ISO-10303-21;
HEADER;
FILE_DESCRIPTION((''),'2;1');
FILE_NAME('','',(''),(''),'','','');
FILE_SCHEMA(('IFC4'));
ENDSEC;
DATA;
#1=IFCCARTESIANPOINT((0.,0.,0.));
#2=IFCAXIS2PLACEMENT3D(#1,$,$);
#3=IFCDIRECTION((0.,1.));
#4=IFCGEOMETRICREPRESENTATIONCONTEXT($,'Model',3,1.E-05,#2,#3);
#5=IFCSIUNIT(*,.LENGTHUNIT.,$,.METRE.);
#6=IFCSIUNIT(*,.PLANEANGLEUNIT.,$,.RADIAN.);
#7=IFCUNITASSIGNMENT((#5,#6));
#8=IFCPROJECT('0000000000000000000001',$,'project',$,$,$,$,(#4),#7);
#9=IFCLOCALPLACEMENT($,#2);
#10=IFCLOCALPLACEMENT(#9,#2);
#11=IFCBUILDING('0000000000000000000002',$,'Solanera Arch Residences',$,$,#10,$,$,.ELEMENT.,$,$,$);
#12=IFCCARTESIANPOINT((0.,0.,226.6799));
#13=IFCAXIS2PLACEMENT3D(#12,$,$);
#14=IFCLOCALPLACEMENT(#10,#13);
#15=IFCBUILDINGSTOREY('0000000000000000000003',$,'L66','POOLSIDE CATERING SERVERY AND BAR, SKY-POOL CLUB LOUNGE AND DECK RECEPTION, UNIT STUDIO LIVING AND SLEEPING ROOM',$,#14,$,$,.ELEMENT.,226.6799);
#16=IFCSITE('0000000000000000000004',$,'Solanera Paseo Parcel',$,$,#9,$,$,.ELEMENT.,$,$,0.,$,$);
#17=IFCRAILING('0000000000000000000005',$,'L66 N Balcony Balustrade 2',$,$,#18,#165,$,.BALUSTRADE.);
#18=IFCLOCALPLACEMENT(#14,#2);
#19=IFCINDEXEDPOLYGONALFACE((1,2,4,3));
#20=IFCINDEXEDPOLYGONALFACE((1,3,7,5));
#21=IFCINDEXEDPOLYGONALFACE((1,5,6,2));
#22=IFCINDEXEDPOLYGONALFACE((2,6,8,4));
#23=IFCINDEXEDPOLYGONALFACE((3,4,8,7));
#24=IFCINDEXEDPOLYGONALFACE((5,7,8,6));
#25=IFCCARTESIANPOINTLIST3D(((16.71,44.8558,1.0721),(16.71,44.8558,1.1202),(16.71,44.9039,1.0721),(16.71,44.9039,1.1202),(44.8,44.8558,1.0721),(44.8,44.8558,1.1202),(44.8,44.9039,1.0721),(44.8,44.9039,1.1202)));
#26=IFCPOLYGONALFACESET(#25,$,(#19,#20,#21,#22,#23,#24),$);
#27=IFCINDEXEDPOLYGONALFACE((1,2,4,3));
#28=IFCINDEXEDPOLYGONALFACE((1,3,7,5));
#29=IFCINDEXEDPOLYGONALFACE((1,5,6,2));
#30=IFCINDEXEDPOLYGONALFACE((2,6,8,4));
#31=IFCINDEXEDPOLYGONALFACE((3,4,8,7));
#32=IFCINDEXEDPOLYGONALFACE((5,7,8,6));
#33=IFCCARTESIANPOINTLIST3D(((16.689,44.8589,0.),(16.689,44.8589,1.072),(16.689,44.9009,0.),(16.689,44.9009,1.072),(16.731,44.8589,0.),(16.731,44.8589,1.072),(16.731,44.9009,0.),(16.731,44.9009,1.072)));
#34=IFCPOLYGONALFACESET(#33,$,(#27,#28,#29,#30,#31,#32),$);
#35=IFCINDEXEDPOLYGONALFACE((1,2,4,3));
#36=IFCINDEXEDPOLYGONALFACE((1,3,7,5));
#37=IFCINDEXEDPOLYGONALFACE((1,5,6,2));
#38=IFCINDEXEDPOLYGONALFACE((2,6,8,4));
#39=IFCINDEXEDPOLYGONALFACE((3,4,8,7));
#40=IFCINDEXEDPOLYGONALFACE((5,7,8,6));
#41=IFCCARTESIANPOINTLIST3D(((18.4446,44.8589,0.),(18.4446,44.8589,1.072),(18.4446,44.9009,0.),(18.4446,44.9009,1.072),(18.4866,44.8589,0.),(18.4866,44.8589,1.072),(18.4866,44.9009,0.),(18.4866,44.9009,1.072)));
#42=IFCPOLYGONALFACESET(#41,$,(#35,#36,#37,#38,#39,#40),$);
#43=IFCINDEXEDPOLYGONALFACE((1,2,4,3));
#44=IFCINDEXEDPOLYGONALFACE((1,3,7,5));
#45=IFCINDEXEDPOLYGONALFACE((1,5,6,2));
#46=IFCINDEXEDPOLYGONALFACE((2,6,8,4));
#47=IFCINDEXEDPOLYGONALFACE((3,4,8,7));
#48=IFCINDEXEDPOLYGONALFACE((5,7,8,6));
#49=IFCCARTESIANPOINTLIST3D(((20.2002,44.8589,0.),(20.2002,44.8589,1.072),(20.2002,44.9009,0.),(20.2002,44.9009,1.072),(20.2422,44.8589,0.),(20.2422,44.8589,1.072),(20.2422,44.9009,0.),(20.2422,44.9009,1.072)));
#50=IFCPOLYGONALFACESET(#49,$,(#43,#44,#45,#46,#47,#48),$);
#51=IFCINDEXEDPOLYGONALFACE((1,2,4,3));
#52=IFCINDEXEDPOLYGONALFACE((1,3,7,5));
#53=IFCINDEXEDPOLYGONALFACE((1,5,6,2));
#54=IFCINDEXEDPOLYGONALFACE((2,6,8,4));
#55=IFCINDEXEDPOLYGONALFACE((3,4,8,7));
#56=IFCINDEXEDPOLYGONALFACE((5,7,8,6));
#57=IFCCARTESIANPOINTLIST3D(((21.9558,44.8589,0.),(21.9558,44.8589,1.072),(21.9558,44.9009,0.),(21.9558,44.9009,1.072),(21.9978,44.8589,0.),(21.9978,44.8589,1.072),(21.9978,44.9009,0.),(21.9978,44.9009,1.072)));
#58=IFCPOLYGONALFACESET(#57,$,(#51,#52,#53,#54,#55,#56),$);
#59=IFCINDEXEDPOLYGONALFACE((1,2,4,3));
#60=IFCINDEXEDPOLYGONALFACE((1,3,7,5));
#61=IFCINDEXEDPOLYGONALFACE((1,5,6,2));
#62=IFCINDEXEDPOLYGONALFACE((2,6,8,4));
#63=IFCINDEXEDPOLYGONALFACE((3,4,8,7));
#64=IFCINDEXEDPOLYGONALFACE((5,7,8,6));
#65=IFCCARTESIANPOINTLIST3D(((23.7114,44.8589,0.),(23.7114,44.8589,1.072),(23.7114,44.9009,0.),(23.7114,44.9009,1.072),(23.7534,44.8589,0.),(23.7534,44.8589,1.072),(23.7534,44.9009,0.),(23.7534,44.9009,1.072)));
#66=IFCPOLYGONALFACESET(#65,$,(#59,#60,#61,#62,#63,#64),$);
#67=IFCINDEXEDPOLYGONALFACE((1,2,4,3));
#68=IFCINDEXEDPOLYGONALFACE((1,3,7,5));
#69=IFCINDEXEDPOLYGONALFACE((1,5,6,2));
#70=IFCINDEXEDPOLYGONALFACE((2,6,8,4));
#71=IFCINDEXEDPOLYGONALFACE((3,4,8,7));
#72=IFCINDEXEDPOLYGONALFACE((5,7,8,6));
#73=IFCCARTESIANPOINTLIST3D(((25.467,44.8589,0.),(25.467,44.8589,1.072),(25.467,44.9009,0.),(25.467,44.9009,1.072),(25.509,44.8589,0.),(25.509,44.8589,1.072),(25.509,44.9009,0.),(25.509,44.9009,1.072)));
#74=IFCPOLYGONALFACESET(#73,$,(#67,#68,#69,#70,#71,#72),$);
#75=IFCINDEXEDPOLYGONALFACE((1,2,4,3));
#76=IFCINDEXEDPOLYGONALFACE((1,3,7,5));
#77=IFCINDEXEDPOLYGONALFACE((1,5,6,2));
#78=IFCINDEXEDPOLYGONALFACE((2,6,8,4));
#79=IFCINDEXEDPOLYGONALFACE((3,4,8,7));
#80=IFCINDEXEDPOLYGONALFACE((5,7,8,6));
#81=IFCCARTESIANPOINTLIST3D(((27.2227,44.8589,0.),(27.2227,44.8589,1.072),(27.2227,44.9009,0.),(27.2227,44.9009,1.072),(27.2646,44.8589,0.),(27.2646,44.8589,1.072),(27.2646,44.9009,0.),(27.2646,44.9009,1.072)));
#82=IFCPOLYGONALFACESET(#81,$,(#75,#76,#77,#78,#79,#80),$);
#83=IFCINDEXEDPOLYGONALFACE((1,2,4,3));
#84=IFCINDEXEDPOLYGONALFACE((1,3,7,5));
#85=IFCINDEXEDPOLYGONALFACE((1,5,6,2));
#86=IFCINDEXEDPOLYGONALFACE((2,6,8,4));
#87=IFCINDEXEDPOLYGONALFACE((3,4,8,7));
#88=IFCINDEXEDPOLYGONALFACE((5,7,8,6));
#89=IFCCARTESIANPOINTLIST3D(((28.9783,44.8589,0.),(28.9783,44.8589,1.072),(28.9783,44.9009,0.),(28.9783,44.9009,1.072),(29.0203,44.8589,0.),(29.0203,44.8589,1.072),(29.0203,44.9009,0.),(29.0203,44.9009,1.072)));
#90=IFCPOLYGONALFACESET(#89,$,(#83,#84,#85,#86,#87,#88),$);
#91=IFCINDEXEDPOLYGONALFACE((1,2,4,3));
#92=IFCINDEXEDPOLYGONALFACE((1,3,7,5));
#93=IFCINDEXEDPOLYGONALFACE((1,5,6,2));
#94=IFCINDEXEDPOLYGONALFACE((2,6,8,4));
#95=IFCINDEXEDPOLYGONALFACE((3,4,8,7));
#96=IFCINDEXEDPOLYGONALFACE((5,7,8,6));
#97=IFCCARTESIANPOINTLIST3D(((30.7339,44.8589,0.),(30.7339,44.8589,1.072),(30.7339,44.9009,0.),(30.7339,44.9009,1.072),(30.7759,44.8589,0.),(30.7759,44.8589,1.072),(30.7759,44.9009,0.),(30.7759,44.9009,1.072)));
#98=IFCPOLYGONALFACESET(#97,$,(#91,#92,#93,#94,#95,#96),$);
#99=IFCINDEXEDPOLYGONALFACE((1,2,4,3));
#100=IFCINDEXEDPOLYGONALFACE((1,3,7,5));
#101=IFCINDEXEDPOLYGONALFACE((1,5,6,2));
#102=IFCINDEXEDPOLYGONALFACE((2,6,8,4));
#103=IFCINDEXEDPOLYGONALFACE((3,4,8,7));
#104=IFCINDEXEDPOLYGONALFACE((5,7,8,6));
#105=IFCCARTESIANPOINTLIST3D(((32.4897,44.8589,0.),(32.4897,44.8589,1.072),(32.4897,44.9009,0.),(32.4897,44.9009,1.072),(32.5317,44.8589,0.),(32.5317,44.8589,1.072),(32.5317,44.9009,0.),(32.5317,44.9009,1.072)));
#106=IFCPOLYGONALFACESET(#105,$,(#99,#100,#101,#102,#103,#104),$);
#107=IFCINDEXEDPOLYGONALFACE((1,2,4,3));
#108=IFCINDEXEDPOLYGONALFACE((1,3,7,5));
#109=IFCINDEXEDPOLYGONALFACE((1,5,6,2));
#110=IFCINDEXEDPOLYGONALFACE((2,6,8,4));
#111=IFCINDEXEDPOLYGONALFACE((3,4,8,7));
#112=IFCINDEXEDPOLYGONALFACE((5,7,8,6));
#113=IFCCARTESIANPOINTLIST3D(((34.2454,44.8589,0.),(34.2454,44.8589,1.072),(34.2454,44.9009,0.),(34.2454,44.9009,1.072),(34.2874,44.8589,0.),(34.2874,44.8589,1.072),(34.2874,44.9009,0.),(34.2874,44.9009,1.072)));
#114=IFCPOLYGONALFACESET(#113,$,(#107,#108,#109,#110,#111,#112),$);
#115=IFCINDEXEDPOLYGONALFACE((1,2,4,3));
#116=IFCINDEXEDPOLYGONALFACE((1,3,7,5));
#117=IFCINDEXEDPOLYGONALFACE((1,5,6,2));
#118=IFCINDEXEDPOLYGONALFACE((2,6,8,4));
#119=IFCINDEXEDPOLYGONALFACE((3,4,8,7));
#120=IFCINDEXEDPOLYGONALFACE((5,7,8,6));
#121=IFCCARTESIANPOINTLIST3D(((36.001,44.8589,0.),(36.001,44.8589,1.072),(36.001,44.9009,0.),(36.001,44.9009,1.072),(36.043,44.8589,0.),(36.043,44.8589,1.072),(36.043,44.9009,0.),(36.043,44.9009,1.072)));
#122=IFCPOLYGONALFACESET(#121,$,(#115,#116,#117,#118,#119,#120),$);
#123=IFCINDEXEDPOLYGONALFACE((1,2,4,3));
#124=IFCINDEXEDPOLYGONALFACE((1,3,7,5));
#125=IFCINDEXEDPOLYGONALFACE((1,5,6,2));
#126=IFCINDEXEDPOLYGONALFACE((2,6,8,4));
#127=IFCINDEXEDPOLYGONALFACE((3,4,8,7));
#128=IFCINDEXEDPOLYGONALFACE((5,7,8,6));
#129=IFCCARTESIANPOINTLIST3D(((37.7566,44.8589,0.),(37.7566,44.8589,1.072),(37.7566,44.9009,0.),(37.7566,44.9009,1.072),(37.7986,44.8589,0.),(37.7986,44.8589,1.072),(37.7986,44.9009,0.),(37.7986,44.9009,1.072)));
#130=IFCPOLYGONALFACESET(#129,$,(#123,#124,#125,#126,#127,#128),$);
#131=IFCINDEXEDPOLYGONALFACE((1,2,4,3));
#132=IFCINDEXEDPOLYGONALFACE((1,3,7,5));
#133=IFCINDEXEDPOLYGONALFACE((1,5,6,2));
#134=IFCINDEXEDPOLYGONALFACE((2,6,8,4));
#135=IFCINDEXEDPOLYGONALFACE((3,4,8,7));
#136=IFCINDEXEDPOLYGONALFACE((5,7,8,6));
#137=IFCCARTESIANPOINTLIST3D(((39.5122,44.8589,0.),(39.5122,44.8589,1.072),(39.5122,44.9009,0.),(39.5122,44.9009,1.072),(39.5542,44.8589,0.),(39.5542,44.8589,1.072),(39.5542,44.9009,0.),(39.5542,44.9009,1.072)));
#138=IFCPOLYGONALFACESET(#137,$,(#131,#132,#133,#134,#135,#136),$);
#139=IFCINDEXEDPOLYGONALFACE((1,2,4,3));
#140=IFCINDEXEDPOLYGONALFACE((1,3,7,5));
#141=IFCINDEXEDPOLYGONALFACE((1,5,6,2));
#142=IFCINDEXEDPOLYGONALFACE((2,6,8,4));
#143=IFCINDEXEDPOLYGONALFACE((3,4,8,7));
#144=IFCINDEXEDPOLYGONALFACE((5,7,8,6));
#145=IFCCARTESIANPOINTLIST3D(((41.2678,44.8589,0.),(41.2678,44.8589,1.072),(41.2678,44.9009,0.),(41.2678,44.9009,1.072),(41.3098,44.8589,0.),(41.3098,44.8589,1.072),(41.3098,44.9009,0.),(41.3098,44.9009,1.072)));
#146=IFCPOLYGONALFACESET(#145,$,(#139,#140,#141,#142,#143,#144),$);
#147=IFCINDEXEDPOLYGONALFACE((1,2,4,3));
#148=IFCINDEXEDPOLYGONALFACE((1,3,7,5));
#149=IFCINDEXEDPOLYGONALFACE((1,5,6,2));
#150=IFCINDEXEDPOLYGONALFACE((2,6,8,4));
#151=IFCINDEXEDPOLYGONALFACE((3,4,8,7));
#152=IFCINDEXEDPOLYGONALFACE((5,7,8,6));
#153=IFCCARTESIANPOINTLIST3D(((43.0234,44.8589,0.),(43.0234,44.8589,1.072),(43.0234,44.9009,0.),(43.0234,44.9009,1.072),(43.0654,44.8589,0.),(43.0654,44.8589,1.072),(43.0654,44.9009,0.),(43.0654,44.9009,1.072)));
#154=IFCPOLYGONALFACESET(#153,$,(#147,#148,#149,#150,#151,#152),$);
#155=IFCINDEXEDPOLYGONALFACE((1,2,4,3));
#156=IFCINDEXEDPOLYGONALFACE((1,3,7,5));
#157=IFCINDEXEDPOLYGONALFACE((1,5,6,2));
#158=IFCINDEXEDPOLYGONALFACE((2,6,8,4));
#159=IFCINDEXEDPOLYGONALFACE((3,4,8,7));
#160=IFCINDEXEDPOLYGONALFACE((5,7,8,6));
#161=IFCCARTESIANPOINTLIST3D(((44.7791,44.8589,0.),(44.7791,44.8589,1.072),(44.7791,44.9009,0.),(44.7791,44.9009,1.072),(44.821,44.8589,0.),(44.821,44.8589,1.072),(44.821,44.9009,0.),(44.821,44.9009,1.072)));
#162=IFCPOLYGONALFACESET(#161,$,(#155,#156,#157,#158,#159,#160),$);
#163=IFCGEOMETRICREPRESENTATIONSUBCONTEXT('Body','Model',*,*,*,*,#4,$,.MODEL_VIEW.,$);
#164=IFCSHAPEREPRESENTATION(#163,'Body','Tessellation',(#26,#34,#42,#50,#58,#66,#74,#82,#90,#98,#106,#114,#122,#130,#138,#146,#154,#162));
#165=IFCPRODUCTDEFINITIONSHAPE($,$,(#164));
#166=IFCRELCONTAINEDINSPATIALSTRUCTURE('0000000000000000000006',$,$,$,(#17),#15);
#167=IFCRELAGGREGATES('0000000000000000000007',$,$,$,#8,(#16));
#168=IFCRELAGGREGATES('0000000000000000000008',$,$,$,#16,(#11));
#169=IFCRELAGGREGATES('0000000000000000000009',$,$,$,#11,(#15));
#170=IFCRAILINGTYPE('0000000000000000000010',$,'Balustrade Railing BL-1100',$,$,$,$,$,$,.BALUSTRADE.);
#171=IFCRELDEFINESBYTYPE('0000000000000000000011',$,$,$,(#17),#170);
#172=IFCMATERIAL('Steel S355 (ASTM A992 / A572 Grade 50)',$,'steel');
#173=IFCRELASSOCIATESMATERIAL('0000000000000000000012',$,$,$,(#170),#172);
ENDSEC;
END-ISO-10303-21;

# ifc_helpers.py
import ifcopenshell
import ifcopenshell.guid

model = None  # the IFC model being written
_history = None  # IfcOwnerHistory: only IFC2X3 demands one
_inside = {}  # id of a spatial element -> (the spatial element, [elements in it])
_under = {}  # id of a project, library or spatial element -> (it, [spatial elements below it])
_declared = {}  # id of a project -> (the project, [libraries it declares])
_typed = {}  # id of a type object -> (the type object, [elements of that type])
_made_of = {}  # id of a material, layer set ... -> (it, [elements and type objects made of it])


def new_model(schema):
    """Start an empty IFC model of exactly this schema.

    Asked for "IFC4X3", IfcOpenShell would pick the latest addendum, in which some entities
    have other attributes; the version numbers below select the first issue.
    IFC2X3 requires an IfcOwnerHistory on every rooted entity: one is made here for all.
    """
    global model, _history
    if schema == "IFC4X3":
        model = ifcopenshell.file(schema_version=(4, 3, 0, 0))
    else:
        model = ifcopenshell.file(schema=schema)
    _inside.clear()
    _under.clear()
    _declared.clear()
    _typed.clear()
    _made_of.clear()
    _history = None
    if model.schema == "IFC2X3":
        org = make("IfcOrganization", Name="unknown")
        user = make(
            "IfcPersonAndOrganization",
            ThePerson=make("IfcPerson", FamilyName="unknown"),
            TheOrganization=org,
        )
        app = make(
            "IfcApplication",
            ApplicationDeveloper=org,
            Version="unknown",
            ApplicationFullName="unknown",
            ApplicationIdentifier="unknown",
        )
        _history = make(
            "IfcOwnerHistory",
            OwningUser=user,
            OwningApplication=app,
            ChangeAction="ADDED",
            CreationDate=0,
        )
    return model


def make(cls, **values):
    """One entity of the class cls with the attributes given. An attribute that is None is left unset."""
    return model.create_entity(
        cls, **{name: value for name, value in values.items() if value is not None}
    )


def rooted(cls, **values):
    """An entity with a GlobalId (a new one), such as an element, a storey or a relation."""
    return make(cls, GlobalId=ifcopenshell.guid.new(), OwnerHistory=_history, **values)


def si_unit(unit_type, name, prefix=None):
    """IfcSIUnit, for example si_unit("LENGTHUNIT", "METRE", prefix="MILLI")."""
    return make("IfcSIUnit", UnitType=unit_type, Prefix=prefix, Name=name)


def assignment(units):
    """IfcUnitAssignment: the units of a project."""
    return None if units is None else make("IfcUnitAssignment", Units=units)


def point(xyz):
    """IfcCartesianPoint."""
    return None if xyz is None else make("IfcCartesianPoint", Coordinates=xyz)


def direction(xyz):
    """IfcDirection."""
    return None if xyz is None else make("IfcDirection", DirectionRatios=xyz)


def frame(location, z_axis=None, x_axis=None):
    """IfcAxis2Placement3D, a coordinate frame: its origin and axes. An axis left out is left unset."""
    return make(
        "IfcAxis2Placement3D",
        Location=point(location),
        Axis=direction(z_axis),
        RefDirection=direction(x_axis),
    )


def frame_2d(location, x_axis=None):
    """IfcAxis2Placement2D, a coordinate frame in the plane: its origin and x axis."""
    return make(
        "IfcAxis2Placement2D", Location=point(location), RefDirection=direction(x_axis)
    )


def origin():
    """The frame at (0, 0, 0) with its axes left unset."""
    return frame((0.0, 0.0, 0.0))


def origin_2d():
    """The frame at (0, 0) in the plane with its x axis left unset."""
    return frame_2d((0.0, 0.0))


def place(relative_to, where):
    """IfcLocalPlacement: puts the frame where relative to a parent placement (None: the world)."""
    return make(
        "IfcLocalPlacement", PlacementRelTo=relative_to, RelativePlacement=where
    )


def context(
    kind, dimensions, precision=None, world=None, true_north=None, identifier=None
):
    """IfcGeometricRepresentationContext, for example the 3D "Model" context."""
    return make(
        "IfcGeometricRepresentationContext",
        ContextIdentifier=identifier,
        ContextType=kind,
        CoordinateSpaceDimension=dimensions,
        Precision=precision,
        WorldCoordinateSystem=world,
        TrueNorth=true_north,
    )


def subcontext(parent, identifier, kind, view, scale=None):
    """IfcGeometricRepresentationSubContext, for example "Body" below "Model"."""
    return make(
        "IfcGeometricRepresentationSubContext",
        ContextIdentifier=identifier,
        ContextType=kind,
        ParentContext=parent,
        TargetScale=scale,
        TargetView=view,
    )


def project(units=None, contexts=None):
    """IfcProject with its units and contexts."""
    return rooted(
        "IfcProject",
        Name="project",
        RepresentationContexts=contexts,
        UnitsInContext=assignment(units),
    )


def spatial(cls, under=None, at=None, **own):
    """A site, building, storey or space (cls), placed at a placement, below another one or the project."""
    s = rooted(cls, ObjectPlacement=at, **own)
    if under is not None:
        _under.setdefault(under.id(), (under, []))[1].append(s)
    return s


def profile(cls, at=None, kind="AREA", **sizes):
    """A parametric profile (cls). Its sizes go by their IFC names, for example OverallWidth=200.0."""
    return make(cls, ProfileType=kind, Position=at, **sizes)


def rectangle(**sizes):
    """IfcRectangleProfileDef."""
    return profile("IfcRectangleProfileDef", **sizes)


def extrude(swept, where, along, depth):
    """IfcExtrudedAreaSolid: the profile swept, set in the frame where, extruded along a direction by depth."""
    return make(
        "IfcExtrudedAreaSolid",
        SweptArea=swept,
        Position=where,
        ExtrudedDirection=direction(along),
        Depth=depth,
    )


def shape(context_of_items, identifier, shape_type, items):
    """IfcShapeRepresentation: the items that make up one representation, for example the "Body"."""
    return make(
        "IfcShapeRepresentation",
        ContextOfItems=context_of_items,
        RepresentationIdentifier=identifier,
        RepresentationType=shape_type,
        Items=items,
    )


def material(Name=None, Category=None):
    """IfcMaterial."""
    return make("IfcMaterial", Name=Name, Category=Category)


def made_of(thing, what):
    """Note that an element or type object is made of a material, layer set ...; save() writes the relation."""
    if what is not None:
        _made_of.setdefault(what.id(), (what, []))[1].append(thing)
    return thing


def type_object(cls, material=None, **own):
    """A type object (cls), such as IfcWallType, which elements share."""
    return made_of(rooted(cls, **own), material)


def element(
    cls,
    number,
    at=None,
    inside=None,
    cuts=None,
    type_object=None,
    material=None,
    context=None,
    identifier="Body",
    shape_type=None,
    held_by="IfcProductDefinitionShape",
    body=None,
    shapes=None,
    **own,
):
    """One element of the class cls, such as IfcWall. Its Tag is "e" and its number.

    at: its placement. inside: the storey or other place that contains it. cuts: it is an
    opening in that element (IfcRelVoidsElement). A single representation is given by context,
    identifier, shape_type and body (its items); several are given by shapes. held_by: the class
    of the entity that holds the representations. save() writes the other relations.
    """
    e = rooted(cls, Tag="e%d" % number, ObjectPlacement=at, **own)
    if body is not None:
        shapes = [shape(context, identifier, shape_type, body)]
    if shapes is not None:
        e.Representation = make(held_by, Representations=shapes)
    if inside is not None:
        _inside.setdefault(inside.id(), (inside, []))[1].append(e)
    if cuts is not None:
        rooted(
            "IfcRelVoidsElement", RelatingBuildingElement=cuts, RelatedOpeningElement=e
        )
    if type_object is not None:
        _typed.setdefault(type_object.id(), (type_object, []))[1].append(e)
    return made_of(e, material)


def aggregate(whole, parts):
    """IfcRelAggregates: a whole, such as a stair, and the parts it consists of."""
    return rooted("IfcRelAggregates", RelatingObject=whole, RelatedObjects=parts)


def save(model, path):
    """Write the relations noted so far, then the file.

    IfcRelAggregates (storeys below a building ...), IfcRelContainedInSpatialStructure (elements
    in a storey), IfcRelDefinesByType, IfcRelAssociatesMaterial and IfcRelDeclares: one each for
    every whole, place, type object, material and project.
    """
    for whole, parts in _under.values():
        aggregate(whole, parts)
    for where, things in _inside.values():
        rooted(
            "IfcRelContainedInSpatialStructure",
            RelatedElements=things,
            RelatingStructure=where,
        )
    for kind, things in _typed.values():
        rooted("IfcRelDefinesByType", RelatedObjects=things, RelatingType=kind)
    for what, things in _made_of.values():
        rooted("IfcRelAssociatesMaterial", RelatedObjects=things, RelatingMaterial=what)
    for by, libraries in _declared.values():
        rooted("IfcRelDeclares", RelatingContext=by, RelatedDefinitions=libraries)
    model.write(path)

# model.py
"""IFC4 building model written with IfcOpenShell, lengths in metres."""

from ifc_helpers import new_model, si_unit, direction, frame, origin, origin_2d, place, context, subcontext, project, spatial, rectangle, extrude, material, type_object, element, save


model = new_model("IFC4")

# Units and contexts
model_context = context("Model", 3, precision=1e-05, world=origin(), true_north=direction((0.0, 1.0)))
body_context = subcontext(model_context, "Body", "Model", "MODEL_VIEW")
ifc_project = project(units=[si_unit("LENGTHUNIT", "METRE"), si_unit("PLANEANGLEUNIT", "RADIAN")], contexts=[model_context])

# Site, building, storey
site_placement = place(None, origin())
site = spatial("IfcSite", under=ifc_project, at=site_placement, Name="Solanera Paseo Parcel", CompositionType="ELEMENT", RefElevation=0.0)
building_placement = place(site_placement, origin())
building = spatial("IfcBuilding", under=site, at=building_placement, Name="Solanera Arch Residences", CompositionType="ELEMENT")
storey_placement = place(building_placement, frame((0.0, 0.0, 226.6799)))
storey = spatial("IfcBuildingStorey", under=building, at=storey_placement, Name="L66", Description="POOLSIDE CATERING SERVERY AND BAR, SKY-POOL CLUB LOUNGE AND DECK RECEPTION, UNIT STUDIO LIVING AND SLEEPING ROOM", CompositionType="ELEMENT", Elevation=226.6799)

# Railing
ifc_material_1 = material(Name="Steel S355 (ASTM A992 / A572 Grade 50)", Category="steel")
railing_type = type_object("IfcRailingType", Name="Balustrade Railing BL-1100", PredefinedType="BALUSTRADE", material=ifc_material_1)
railing_placement = place(storey_placement, frame((16.71, 44.8799, 0.0)))
element("IfcRailing", 1, at=railing_placement, inside=storey, type_object=railing_type, Name="L66 N Balcony Balustrade 2", PredefinedType="BALUSTRADE", context=body_context, shape_type="SweptSolid", body=[
    extrude(rectangle(XDim=0.0481, YDim=0.0481, at=origin_2d()), frame((0.0, 0.0, 1.0962), z_axis=(1.0, 0.0, 0.0), x_axis=(0.0, 1.0, 0.0)), (0.0, 0.0, 1.0), 28.0901),
    extrude(rectangle(XDim=0.042, YDim=0.042, at=origin_2d()), origin(), (0.0, 0.0, 1.0), 1.072),
    extrude(rectangle(XDim=0.042, YDim=0.042, at=origin_2d()), frame((1.7556, 0.0, 0.0)), (0.0, 0.0, 1.0), 1.072),
    extrude(rectangle(XDim=0.042, YDim=0.042, at=origin_2d()), frame((3.5112, 0.0, 0.0)), (0.0, 0.0, 1.0), 1.072),
    extrude(rectangle(XDim=0.042, YDim=0.042, at=origin_2d()), frame((5.2668, 0.0, 0.0)), (0.0, 0.0, 1.0), 1.072),
    extrude(rectangle(XDim=0.042, YDim=0.042, at=origin_2d()), frame((7.0225, 0.0, 0.0)), (0.0, 0.0, 1.0), 1.072),
    extrude(rectangle(XDim=0.042, YDim=0.042, at=origin_2d()), frame((8.7781, 0.0, 0.0)), (0.0, 0.0, 1.0), 1.072),
    extrude(rectangle(XDim=0.042, YDim=0.042, at=origin_2d()), frame((10.5337, 0.0, 0.0)), (0.0, 0.0, 1.0), 1.072),
    extrude(rectangle(XDim=0.042, YDim=0.042, at=origin_2d()), frame((12.2893, 0.0, 0.0)), (0.0, 0.0, 1.0), 1.072),
    extrude(rectangle(XDim=0.042, YDim=0.042, at=origin_2d()), frame((14.0449, 0.0, 0.0)), (0.0, 0.0, 1.0), 1.072),
    extrude(rectangle(XDim=0.042, YDim=0.042, at=origin_2d()), frame((15.8008, 0.0, 0.0)), (0.0, 0.0, 1.0), 1.072),
    extrude(rectangle(XDim=0.042, YDim=0.042, at=origin_2d()), frame((17.5564, 0.0, 0.0)), (0.0, 0.0, 1.0), 1.072),
    extrude(rectangle(XDim=0.042, YDim=0.042, at=origin_2d()), frame((19.312, 0.0, 0.0)), (0.0, 0.0, 1.0), 1.072),
    extrude(rectangle(XDim=0.042, YDim=0.042, at=origin_2d()), frame((21.0676, 0.0, 0.0)), (0.0, 0.0, 1.0), 1.072),
    extrude(rectangle(XDim=0.042, YDim=0.042, at=origin_2d()), frame((22.8232, 0.0, 0.0)), (0.0, 0.0, 1.0), 1.072),
    extrude(rectangle(XDim=0.042, YDim=0.042, at=origin_2d()), frame((24.5789, 0.0, 0.0)), (0.0, 0.0, 1.0), 1.072),
    extrude(rectangle(XDim=0.042, YDim=0.042, at=origin_2d()), frame((26.3345, 0.0, 0.0)), (0.0, 0.0, 1.0), 1.072),
    extrude(rectangle(XDim=0.042, YDim=0.042, at=origin_2d()), frame((28.0901, 0.0, 0.0)), (0.0, 0.0, 1.0), 1.072),
])

save(model, "model.ifc")
